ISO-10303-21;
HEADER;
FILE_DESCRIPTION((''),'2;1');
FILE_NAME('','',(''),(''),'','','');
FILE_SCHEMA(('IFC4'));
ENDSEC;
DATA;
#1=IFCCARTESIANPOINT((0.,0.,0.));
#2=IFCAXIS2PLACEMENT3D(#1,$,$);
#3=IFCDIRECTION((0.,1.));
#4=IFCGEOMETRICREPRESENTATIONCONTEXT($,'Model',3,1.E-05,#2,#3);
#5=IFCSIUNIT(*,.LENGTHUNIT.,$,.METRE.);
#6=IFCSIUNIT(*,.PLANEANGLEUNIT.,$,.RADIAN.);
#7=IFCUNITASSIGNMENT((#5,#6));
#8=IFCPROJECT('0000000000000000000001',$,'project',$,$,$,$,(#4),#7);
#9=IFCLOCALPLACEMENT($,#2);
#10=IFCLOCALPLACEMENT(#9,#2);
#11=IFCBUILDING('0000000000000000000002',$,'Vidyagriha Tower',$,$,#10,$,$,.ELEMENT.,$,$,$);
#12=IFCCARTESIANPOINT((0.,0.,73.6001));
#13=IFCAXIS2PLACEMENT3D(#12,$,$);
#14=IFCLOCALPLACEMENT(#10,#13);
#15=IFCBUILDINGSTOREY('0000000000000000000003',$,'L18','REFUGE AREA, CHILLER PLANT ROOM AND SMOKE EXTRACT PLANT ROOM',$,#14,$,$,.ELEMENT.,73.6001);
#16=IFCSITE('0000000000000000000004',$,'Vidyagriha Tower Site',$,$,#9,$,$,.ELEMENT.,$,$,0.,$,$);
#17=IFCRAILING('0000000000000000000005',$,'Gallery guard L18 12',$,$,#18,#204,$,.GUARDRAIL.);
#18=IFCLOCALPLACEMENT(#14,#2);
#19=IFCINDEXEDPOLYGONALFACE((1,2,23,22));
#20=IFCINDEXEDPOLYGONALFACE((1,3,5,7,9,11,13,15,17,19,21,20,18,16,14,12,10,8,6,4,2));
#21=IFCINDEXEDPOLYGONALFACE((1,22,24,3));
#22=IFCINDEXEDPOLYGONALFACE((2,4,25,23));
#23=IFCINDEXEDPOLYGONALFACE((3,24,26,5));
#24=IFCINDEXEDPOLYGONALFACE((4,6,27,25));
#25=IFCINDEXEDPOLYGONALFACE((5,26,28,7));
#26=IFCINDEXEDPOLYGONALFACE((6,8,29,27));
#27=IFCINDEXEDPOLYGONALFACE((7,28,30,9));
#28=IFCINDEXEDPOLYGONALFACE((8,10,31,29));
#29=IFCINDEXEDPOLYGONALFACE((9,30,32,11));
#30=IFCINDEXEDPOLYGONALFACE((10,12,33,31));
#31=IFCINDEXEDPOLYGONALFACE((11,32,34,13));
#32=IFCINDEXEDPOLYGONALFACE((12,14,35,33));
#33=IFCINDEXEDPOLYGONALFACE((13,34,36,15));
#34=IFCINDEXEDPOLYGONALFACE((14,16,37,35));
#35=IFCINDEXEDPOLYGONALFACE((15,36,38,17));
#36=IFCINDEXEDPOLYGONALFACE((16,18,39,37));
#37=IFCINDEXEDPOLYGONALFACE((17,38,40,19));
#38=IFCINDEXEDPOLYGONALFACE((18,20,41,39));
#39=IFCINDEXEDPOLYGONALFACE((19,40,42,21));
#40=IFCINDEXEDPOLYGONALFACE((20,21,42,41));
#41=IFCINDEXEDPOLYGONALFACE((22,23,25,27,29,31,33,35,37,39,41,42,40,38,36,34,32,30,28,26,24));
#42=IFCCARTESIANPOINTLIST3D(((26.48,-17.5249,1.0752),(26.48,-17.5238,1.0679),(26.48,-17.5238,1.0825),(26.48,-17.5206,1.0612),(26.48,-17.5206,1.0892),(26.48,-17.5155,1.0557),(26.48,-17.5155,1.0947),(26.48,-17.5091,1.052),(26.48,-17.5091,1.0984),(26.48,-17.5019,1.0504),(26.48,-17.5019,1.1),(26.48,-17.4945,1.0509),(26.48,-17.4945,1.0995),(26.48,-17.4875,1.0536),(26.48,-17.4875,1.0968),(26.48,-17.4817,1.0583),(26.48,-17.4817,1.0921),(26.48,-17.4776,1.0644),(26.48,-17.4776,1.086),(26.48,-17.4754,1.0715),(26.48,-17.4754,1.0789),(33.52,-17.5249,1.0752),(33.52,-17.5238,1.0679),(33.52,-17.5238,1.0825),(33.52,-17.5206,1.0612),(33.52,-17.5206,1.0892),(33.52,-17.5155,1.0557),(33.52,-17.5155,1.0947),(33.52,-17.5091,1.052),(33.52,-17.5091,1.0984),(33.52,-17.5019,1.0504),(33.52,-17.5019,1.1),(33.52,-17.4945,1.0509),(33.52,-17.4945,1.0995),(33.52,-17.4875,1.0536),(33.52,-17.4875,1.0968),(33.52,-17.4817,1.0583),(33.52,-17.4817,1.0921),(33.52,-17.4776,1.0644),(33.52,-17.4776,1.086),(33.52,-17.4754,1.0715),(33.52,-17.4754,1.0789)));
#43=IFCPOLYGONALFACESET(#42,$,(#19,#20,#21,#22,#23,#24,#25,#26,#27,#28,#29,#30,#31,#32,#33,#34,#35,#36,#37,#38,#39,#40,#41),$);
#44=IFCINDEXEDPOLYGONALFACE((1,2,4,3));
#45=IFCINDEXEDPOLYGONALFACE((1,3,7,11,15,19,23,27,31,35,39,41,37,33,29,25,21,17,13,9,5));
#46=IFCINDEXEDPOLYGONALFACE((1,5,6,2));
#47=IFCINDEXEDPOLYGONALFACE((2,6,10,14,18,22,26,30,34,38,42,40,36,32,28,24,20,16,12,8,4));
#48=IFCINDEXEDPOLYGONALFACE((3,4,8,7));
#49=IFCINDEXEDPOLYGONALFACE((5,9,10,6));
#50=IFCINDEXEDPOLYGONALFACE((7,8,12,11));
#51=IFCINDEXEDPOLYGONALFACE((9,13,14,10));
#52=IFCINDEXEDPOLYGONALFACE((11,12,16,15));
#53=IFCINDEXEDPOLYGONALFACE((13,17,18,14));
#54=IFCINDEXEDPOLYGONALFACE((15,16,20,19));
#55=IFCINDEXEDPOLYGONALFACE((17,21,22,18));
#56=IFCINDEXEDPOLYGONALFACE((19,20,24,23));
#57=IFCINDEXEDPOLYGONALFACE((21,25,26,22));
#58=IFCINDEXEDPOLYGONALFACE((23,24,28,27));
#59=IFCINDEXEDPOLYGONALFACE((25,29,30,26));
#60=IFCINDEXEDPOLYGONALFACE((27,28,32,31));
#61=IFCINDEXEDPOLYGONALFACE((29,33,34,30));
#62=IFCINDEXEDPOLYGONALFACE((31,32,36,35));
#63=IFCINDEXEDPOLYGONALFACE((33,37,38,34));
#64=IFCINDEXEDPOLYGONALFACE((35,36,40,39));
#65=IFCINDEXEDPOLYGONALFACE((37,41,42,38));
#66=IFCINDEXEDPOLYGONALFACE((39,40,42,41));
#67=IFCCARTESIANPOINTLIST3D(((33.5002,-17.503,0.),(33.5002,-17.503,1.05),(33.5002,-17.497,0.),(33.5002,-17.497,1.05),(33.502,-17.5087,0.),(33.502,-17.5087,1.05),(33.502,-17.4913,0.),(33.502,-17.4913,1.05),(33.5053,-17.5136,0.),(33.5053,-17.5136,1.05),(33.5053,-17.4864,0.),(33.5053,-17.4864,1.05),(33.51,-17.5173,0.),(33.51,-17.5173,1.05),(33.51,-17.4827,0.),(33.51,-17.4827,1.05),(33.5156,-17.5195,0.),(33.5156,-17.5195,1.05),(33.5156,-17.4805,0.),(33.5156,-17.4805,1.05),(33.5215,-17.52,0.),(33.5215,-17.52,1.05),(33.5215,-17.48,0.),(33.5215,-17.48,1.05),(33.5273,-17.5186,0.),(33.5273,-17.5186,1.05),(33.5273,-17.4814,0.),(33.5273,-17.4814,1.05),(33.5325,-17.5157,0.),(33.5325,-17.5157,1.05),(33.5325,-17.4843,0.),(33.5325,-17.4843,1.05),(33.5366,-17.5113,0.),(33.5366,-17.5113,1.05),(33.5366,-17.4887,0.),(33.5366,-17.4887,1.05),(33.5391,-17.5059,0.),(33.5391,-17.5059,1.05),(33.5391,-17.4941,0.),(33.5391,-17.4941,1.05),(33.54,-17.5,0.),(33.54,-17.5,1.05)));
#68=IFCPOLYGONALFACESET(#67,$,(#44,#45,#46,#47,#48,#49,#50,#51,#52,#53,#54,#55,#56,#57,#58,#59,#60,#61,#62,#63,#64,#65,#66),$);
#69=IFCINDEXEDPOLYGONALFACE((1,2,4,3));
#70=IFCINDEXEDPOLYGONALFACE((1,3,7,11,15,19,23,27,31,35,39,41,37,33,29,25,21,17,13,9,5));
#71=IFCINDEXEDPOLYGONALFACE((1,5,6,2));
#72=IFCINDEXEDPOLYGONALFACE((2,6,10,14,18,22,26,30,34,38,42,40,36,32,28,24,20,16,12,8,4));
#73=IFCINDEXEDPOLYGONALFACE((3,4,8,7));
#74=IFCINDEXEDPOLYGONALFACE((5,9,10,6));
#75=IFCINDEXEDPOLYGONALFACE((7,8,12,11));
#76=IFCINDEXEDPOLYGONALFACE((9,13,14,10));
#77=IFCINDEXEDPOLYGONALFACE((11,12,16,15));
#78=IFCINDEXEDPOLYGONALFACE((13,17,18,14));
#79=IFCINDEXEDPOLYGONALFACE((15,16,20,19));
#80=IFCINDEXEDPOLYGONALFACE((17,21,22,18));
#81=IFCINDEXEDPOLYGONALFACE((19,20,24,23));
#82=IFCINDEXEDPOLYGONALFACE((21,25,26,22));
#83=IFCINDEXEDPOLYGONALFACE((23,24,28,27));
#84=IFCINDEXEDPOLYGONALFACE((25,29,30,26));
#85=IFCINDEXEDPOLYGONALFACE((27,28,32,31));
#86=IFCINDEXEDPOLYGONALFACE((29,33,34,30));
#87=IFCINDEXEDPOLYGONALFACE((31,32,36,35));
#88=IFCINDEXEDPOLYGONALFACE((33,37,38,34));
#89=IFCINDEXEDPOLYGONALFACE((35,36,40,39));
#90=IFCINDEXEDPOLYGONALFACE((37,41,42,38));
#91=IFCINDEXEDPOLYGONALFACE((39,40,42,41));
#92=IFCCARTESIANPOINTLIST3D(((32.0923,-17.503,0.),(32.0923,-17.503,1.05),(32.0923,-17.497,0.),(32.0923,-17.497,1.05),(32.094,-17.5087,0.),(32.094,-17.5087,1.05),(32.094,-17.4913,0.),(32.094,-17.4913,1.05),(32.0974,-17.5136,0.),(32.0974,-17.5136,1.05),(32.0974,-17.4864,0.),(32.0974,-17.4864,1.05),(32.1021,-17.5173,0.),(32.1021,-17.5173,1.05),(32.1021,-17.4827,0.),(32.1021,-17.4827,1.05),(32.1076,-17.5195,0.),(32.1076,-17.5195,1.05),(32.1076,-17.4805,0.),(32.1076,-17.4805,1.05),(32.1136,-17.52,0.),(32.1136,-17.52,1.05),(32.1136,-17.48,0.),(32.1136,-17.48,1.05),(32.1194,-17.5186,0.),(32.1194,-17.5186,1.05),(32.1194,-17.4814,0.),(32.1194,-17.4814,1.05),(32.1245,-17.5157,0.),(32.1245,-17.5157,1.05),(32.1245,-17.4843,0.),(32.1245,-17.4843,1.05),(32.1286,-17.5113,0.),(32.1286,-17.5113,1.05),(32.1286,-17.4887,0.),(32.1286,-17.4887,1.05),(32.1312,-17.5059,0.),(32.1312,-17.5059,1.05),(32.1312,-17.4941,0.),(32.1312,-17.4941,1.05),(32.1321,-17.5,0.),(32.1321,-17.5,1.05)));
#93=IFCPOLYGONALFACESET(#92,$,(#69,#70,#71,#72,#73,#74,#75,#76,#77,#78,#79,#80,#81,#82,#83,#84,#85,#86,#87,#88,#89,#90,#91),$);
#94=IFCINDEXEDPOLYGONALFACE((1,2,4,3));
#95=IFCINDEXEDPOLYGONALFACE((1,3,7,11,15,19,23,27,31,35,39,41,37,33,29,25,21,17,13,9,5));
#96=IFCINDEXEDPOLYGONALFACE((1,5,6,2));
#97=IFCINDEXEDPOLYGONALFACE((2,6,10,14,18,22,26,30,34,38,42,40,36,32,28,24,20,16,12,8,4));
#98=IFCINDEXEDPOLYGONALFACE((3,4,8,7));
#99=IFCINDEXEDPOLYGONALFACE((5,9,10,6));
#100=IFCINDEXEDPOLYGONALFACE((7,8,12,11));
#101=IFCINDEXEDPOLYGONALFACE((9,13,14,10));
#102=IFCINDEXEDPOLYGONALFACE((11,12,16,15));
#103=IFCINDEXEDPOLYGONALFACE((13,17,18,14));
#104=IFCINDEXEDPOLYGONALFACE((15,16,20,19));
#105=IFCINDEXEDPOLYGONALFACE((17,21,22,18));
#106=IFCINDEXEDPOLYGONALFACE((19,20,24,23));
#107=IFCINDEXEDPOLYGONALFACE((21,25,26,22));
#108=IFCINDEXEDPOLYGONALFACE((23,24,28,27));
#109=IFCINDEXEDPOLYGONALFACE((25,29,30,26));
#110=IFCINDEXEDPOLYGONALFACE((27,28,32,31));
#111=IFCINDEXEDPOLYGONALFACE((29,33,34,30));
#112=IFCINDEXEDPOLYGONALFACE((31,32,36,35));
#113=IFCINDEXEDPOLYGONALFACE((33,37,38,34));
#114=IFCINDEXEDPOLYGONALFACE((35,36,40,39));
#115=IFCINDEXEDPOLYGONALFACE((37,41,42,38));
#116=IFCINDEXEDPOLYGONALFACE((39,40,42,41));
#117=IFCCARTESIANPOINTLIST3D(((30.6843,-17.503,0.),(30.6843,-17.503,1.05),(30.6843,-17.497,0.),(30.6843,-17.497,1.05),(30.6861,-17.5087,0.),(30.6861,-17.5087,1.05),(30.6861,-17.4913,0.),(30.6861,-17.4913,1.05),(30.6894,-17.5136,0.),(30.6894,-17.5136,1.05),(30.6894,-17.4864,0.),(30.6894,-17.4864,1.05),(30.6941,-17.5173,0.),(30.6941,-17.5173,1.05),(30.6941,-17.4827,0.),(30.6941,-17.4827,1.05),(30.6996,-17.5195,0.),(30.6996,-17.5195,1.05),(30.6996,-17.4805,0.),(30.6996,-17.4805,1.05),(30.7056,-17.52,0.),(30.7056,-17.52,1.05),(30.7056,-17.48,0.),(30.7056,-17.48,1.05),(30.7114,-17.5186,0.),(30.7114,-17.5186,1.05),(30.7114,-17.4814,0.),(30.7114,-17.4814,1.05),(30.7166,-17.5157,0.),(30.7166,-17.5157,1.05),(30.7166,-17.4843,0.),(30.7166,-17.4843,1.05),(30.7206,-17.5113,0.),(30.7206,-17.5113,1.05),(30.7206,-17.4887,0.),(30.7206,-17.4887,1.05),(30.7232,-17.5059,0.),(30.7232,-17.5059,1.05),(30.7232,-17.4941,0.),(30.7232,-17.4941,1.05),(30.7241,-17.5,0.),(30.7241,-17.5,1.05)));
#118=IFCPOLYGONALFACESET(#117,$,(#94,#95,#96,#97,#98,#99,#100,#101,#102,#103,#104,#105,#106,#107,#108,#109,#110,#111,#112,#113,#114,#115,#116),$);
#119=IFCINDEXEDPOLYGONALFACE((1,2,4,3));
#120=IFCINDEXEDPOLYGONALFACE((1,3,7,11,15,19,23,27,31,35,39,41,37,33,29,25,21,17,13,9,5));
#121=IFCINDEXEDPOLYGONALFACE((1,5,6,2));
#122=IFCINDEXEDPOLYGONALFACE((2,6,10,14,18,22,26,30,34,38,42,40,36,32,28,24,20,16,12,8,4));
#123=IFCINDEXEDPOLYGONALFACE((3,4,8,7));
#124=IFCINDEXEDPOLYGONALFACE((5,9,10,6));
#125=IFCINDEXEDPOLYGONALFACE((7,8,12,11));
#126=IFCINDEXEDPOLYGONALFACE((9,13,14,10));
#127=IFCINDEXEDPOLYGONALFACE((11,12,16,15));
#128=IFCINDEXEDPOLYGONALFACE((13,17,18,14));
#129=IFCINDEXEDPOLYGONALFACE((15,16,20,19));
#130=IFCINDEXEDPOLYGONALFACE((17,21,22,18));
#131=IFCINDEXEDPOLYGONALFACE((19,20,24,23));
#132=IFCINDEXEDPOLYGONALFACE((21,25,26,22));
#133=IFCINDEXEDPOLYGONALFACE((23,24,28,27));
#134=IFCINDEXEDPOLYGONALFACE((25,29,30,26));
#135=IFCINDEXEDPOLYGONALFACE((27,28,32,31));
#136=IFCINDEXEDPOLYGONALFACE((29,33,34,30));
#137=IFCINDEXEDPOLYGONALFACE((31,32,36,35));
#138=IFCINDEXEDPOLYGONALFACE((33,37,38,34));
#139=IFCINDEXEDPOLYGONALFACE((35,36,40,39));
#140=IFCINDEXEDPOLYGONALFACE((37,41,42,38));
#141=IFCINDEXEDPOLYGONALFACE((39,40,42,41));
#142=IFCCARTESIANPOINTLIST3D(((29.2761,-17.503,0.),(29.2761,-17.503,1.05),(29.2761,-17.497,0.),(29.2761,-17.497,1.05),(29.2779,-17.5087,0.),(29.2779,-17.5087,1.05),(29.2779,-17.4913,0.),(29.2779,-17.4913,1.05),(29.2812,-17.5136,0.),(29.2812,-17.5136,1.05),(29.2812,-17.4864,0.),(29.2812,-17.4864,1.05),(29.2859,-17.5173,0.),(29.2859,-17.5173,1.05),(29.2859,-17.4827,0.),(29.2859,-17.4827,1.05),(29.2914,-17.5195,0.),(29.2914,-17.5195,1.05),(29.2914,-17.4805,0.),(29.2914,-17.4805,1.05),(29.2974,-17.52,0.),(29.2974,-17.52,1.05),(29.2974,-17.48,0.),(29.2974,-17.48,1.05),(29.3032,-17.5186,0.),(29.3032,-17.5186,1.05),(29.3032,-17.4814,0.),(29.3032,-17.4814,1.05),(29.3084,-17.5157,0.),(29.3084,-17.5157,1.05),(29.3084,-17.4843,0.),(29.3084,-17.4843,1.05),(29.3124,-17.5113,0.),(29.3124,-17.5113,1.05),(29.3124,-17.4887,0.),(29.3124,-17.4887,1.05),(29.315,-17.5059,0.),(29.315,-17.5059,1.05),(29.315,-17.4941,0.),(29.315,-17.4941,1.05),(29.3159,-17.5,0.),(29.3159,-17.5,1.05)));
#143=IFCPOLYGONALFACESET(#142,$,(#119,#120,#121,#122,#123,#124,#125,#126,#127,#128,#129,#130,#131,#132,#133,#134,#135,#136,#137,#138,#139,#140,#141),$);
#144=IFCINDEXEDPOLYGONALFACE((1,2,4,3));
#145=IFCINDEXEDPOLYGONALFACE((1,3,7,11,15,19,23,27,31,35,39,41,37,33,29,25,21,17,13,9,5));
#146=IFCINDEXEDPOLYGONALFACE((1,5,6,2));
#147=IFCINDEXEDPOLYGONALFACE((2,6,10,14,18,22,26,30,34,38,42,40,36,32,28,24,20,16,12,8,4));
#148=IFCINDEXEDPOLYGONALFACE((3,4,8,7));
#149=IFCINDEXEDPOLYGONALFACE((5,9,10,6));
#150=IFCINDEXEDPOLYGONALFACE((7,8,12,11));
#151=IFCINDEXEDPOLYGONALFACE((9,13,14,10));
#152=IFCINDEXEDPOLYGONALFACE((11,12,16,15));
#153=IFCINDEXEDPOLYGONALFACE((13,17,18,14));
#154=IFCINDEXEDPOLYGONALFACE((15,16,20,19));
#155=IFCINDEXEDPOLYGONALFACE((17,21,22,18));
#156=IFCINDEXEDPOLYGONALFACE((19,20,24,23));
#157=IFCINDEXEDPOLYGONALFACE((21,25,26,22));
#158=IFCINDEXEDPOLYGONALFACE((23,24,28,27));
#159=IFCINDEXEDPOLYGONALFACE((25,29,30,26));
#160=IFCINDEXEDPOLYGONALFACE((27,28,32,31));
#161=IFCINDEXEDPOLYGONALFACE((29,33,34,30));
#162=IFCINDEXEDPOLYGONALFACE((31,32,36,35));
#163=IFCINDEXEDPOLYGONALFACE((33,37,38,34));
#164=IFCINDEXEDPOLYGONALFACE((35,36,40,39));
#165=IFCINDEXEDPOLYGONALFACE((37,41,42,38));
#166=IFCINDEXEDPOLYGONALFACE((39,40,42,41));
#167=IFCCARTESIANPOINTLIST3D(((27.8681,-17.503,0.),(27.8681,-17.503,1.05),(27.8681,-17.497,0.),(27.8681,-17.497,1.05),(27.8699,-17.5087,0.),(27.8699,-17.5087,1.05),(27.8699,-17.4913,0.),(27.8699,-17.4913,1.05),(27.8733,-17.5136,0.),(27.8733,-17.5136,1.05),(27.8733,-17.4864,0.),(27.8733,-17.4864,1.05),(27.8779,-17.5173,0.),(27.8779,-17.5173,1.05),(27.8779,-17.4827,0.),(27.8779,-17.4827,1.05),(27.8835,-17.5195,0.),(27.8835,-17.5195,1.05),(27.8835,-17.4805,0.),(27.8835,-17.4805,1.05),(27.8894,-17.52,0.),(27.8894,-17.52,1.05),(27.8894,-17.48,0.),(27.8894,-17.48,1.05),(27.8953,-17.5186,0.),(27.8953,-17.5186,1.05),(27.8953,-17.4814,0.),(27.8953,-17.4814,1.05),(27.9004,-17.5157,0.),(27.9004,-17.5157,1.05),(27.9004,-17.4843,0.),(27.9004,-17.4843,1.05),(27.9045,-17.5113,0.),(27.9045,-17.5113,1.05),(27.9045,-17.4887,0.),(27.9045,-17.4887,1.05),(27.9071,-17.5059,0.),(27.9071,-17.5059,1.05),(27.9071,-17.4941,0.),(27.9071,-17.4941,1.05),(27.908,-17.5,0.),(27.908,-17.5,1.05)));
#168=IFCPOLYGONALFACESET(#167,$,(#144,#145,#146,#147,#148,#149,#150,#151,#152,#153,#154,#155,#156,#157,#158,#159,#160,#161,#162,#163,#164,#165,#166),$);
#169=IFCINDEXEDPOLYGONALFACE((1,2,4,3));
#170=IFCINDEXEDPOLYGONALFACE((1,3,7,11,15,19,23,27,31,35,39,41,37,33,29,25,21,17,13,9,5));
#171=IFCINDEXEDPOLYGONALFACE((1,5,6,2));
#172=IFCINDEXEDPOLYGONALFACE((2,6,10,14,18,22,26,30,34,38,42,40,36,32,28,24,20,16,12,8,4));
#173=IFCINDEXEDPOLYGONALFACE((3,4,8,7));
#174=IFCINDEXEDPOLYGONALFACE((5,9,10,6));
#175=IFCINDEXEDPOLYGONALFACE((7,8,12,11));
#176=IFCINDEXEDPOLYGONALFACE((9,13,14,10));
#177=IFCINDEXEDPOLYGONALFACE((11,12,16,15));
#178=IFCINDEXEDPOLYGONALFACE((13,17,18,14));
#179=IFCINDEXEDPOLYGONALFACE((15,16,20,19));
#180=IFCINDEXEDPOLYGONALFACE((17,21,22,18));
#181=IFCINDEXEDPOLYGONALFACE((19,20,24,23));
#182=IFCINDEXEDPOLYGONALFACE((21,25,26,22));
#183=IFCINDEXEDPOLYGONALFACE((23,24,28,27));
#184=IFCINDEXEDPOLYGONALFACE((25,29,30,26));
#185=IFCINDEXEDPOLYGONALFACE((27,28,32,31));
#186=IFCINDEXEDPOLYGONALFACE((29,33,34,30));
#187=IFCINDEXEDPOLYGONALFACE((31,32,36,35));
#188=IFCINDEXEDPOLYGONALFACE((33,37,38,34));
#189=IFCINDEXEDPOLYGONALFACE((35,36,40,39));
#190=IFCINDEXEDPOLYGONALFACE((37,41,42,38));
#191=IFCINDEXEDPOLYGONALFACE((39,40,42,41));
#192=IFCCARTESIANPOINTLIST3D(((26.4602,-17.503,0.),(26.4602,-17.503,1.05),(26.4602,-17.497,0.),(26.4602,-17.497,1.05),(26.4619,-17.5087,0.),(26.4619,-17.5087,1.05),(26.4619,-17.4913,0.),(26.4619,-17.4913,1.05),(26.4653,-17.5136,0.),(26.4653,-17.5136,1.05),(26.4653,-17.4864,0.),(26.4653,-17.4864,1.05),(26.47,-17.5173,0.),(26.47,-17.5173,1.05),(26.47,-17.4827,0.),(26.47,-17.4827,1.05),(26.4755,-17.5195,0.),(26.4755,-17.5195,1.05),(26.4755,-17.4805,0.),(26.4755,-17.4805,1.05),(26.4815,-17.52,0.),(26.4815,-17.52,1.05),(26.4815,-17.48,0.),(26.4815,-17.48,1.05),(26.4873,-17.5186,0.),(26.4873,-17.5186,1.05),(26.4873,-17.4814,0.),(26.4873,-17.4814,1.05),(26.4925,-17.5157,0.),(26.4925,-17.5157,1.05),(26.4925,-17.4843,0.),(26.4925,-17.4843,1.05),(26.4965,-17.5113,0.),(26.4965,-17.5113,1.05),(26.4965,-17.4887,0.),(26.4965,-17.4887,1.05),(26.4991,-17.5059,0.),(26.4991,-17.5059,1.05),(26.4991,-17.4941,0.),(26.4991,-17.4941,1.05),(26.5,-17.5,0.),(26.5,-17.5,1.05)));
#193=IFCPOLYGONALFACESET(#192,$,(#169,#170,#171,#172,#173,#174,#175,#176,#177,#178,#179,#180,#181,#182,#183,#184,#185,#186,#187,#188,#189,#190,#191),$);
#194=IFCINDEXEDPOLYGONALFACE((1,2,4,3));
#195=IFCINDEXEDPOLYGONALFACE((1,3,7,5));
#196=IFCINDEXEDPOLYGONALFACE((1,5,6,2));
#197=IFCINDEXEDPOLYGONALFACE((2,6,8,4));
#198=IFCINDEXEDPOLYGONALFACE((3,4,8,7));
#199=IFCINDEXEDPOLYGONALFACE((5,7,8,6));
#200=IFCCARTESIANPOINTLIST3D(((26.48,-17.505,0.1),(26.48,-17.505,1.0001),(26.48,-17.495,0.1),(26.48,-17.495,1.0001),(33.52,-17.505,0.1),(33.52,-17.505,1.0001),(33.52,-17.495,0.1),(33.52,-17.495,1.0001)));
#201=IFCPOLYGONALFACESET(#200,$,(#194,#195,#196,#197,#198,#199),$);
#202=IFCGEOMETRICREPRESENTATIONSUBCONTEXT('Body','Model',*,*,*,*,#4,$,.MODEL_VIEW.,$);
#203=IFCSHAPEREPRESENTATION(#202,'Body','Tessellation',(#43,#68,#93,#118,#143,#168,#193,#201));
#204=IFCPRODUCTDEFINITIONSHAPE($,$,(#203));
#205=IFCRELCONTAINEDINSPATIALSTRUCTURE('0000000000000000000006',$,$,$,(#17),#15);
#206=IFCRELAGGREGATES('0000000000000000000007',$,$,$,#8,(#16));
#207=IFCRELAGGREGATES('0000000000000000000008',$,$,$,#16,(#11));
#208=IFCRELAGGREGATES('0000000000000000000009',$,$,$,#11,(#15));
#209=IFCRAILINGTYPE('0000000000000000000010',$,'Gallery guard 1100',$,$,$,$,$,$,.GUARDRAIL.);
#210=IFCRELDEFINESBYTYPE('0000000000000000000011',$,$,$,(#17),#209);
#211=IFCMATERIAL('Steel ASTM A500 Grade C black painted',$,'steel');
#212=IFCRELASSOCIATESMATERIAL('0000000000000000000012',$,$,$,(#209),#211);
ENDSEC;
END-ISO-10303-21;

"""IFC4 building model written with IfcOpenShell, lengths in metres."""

from ifc_helpers import new_model, si_unit, direction, frame, origin, origin_2d, place, context, subcontext, project, spatial, rectangle, circle, extrude, material, type_object, element, save


model = new_model("IFC4")

# Units and contexts
model_context = context("Model", 3, precision=1e-05, world=origin(), true_north=direction((0.0, 1.0)))
body_context = subcontext(model_context, "Body", "Model", "MODEL_VIEW")
ifc_project = project(units=[si_unit("LENGTHUNIT", "METRE"), si_unit("PLANEANGLEUNIT", "RADIAN")], contexts=[model_context])

# Site, building, storey
site_placement = place(None, origin())
site = spatial("IfcSite", under=ifc_project, at=site_placement, Name="Vidyagriha Tower Site", CompositionType="ELEMENT", RefElevation=0.0)
building_placement = place(site_placement, origin())
building = spatial("IfcBuilding", under=site, at=building_placement, Name="Vidyagriha Tower", CompositionType="ELEMENT")
storey_placement = place(building_placement, frame((0.0, 0.0, 73.6001)))
storey = spatial("IfcBuildingStorey", under=building, at=storey_placement, Name="L18", Description="REFUGE AREA, CHILLER PLANT ROOM AND SMOKE EXTRACT PLANT ROOM", CompositionType="ELEMENT", Elevation=73.6001)

# Railing
ifc_material_1 = material(Name="Steel ASTM A500 Grade C black painted", Category="steel")
railing_type = type_object("IfcRailingType", Name="Gallery guard 1100", PredefinedType="GUARDRAIL", material=ifc_material_1)
railing_1_placement = place(storey_placement, frame((33.52, -17.5, 0.0)))
element("IfcRailing", 1, at=railing_1_placement, inside=storey, type_object=railing_type, Name="Gallery guard L18 12", PredefinedType="GUARDRAIL", context=body_context, shape_type="SweptSolid", body=[
    extrude(circle(Radius=0.0249, at=origin_2d()), frame((0.0, 0.0, 1.0752), z_axis=(-1.0, 0.0, 0.0), x_axis=(0.0, -1.0, 0.0)), (0.0, 0.0, 1.0), 7.04),
    extrude(circle(Radius=0.02, at=origin_2d()), origin(), (0.0, 0.0, 1.0), 1.05),
    extrude(circle(Radius=0.02, at=origin_2d()), frame((-1.408, 0.0, 0.0)), (0.0, 0.0, 1.0), 1.05),
    extrude(circle(Radius=0.02, at=origin_2d()), frame((-2.8159, 0.0, 0.0)), (0.0, 0.0, 1.0), 1.05),
    extrude(circle(Radius=0.02, at=origin_2d()), frame((-4.2241, 0.0, 0.0)), (0.0, 0.0, 1.0), 1.05),
    extrude(circle(Radius=0.02, at=origin_2d()), frame((-5.6321, 0.0, 0.0)), (0.0, 0.0, 1.0), 1.05),
    extrude(circle(Radius=0.02, at=origin_2d()), frame((-7.04, 0.0, 0.0)), (0.0, 0.0, 1.0), 1.05),
    extrude(rectangle(XDim=0.01, YDim=0.9001, at=origin_2d()), frame((0.0, 0.0, 0.55), z_axis=(-1.0, 0.0, 0.0), x_axis=(0.0, -1.0, 0.0)), (0.0, 0.0, 1.0), 7.04),
])

save(model, "model.ifc")
